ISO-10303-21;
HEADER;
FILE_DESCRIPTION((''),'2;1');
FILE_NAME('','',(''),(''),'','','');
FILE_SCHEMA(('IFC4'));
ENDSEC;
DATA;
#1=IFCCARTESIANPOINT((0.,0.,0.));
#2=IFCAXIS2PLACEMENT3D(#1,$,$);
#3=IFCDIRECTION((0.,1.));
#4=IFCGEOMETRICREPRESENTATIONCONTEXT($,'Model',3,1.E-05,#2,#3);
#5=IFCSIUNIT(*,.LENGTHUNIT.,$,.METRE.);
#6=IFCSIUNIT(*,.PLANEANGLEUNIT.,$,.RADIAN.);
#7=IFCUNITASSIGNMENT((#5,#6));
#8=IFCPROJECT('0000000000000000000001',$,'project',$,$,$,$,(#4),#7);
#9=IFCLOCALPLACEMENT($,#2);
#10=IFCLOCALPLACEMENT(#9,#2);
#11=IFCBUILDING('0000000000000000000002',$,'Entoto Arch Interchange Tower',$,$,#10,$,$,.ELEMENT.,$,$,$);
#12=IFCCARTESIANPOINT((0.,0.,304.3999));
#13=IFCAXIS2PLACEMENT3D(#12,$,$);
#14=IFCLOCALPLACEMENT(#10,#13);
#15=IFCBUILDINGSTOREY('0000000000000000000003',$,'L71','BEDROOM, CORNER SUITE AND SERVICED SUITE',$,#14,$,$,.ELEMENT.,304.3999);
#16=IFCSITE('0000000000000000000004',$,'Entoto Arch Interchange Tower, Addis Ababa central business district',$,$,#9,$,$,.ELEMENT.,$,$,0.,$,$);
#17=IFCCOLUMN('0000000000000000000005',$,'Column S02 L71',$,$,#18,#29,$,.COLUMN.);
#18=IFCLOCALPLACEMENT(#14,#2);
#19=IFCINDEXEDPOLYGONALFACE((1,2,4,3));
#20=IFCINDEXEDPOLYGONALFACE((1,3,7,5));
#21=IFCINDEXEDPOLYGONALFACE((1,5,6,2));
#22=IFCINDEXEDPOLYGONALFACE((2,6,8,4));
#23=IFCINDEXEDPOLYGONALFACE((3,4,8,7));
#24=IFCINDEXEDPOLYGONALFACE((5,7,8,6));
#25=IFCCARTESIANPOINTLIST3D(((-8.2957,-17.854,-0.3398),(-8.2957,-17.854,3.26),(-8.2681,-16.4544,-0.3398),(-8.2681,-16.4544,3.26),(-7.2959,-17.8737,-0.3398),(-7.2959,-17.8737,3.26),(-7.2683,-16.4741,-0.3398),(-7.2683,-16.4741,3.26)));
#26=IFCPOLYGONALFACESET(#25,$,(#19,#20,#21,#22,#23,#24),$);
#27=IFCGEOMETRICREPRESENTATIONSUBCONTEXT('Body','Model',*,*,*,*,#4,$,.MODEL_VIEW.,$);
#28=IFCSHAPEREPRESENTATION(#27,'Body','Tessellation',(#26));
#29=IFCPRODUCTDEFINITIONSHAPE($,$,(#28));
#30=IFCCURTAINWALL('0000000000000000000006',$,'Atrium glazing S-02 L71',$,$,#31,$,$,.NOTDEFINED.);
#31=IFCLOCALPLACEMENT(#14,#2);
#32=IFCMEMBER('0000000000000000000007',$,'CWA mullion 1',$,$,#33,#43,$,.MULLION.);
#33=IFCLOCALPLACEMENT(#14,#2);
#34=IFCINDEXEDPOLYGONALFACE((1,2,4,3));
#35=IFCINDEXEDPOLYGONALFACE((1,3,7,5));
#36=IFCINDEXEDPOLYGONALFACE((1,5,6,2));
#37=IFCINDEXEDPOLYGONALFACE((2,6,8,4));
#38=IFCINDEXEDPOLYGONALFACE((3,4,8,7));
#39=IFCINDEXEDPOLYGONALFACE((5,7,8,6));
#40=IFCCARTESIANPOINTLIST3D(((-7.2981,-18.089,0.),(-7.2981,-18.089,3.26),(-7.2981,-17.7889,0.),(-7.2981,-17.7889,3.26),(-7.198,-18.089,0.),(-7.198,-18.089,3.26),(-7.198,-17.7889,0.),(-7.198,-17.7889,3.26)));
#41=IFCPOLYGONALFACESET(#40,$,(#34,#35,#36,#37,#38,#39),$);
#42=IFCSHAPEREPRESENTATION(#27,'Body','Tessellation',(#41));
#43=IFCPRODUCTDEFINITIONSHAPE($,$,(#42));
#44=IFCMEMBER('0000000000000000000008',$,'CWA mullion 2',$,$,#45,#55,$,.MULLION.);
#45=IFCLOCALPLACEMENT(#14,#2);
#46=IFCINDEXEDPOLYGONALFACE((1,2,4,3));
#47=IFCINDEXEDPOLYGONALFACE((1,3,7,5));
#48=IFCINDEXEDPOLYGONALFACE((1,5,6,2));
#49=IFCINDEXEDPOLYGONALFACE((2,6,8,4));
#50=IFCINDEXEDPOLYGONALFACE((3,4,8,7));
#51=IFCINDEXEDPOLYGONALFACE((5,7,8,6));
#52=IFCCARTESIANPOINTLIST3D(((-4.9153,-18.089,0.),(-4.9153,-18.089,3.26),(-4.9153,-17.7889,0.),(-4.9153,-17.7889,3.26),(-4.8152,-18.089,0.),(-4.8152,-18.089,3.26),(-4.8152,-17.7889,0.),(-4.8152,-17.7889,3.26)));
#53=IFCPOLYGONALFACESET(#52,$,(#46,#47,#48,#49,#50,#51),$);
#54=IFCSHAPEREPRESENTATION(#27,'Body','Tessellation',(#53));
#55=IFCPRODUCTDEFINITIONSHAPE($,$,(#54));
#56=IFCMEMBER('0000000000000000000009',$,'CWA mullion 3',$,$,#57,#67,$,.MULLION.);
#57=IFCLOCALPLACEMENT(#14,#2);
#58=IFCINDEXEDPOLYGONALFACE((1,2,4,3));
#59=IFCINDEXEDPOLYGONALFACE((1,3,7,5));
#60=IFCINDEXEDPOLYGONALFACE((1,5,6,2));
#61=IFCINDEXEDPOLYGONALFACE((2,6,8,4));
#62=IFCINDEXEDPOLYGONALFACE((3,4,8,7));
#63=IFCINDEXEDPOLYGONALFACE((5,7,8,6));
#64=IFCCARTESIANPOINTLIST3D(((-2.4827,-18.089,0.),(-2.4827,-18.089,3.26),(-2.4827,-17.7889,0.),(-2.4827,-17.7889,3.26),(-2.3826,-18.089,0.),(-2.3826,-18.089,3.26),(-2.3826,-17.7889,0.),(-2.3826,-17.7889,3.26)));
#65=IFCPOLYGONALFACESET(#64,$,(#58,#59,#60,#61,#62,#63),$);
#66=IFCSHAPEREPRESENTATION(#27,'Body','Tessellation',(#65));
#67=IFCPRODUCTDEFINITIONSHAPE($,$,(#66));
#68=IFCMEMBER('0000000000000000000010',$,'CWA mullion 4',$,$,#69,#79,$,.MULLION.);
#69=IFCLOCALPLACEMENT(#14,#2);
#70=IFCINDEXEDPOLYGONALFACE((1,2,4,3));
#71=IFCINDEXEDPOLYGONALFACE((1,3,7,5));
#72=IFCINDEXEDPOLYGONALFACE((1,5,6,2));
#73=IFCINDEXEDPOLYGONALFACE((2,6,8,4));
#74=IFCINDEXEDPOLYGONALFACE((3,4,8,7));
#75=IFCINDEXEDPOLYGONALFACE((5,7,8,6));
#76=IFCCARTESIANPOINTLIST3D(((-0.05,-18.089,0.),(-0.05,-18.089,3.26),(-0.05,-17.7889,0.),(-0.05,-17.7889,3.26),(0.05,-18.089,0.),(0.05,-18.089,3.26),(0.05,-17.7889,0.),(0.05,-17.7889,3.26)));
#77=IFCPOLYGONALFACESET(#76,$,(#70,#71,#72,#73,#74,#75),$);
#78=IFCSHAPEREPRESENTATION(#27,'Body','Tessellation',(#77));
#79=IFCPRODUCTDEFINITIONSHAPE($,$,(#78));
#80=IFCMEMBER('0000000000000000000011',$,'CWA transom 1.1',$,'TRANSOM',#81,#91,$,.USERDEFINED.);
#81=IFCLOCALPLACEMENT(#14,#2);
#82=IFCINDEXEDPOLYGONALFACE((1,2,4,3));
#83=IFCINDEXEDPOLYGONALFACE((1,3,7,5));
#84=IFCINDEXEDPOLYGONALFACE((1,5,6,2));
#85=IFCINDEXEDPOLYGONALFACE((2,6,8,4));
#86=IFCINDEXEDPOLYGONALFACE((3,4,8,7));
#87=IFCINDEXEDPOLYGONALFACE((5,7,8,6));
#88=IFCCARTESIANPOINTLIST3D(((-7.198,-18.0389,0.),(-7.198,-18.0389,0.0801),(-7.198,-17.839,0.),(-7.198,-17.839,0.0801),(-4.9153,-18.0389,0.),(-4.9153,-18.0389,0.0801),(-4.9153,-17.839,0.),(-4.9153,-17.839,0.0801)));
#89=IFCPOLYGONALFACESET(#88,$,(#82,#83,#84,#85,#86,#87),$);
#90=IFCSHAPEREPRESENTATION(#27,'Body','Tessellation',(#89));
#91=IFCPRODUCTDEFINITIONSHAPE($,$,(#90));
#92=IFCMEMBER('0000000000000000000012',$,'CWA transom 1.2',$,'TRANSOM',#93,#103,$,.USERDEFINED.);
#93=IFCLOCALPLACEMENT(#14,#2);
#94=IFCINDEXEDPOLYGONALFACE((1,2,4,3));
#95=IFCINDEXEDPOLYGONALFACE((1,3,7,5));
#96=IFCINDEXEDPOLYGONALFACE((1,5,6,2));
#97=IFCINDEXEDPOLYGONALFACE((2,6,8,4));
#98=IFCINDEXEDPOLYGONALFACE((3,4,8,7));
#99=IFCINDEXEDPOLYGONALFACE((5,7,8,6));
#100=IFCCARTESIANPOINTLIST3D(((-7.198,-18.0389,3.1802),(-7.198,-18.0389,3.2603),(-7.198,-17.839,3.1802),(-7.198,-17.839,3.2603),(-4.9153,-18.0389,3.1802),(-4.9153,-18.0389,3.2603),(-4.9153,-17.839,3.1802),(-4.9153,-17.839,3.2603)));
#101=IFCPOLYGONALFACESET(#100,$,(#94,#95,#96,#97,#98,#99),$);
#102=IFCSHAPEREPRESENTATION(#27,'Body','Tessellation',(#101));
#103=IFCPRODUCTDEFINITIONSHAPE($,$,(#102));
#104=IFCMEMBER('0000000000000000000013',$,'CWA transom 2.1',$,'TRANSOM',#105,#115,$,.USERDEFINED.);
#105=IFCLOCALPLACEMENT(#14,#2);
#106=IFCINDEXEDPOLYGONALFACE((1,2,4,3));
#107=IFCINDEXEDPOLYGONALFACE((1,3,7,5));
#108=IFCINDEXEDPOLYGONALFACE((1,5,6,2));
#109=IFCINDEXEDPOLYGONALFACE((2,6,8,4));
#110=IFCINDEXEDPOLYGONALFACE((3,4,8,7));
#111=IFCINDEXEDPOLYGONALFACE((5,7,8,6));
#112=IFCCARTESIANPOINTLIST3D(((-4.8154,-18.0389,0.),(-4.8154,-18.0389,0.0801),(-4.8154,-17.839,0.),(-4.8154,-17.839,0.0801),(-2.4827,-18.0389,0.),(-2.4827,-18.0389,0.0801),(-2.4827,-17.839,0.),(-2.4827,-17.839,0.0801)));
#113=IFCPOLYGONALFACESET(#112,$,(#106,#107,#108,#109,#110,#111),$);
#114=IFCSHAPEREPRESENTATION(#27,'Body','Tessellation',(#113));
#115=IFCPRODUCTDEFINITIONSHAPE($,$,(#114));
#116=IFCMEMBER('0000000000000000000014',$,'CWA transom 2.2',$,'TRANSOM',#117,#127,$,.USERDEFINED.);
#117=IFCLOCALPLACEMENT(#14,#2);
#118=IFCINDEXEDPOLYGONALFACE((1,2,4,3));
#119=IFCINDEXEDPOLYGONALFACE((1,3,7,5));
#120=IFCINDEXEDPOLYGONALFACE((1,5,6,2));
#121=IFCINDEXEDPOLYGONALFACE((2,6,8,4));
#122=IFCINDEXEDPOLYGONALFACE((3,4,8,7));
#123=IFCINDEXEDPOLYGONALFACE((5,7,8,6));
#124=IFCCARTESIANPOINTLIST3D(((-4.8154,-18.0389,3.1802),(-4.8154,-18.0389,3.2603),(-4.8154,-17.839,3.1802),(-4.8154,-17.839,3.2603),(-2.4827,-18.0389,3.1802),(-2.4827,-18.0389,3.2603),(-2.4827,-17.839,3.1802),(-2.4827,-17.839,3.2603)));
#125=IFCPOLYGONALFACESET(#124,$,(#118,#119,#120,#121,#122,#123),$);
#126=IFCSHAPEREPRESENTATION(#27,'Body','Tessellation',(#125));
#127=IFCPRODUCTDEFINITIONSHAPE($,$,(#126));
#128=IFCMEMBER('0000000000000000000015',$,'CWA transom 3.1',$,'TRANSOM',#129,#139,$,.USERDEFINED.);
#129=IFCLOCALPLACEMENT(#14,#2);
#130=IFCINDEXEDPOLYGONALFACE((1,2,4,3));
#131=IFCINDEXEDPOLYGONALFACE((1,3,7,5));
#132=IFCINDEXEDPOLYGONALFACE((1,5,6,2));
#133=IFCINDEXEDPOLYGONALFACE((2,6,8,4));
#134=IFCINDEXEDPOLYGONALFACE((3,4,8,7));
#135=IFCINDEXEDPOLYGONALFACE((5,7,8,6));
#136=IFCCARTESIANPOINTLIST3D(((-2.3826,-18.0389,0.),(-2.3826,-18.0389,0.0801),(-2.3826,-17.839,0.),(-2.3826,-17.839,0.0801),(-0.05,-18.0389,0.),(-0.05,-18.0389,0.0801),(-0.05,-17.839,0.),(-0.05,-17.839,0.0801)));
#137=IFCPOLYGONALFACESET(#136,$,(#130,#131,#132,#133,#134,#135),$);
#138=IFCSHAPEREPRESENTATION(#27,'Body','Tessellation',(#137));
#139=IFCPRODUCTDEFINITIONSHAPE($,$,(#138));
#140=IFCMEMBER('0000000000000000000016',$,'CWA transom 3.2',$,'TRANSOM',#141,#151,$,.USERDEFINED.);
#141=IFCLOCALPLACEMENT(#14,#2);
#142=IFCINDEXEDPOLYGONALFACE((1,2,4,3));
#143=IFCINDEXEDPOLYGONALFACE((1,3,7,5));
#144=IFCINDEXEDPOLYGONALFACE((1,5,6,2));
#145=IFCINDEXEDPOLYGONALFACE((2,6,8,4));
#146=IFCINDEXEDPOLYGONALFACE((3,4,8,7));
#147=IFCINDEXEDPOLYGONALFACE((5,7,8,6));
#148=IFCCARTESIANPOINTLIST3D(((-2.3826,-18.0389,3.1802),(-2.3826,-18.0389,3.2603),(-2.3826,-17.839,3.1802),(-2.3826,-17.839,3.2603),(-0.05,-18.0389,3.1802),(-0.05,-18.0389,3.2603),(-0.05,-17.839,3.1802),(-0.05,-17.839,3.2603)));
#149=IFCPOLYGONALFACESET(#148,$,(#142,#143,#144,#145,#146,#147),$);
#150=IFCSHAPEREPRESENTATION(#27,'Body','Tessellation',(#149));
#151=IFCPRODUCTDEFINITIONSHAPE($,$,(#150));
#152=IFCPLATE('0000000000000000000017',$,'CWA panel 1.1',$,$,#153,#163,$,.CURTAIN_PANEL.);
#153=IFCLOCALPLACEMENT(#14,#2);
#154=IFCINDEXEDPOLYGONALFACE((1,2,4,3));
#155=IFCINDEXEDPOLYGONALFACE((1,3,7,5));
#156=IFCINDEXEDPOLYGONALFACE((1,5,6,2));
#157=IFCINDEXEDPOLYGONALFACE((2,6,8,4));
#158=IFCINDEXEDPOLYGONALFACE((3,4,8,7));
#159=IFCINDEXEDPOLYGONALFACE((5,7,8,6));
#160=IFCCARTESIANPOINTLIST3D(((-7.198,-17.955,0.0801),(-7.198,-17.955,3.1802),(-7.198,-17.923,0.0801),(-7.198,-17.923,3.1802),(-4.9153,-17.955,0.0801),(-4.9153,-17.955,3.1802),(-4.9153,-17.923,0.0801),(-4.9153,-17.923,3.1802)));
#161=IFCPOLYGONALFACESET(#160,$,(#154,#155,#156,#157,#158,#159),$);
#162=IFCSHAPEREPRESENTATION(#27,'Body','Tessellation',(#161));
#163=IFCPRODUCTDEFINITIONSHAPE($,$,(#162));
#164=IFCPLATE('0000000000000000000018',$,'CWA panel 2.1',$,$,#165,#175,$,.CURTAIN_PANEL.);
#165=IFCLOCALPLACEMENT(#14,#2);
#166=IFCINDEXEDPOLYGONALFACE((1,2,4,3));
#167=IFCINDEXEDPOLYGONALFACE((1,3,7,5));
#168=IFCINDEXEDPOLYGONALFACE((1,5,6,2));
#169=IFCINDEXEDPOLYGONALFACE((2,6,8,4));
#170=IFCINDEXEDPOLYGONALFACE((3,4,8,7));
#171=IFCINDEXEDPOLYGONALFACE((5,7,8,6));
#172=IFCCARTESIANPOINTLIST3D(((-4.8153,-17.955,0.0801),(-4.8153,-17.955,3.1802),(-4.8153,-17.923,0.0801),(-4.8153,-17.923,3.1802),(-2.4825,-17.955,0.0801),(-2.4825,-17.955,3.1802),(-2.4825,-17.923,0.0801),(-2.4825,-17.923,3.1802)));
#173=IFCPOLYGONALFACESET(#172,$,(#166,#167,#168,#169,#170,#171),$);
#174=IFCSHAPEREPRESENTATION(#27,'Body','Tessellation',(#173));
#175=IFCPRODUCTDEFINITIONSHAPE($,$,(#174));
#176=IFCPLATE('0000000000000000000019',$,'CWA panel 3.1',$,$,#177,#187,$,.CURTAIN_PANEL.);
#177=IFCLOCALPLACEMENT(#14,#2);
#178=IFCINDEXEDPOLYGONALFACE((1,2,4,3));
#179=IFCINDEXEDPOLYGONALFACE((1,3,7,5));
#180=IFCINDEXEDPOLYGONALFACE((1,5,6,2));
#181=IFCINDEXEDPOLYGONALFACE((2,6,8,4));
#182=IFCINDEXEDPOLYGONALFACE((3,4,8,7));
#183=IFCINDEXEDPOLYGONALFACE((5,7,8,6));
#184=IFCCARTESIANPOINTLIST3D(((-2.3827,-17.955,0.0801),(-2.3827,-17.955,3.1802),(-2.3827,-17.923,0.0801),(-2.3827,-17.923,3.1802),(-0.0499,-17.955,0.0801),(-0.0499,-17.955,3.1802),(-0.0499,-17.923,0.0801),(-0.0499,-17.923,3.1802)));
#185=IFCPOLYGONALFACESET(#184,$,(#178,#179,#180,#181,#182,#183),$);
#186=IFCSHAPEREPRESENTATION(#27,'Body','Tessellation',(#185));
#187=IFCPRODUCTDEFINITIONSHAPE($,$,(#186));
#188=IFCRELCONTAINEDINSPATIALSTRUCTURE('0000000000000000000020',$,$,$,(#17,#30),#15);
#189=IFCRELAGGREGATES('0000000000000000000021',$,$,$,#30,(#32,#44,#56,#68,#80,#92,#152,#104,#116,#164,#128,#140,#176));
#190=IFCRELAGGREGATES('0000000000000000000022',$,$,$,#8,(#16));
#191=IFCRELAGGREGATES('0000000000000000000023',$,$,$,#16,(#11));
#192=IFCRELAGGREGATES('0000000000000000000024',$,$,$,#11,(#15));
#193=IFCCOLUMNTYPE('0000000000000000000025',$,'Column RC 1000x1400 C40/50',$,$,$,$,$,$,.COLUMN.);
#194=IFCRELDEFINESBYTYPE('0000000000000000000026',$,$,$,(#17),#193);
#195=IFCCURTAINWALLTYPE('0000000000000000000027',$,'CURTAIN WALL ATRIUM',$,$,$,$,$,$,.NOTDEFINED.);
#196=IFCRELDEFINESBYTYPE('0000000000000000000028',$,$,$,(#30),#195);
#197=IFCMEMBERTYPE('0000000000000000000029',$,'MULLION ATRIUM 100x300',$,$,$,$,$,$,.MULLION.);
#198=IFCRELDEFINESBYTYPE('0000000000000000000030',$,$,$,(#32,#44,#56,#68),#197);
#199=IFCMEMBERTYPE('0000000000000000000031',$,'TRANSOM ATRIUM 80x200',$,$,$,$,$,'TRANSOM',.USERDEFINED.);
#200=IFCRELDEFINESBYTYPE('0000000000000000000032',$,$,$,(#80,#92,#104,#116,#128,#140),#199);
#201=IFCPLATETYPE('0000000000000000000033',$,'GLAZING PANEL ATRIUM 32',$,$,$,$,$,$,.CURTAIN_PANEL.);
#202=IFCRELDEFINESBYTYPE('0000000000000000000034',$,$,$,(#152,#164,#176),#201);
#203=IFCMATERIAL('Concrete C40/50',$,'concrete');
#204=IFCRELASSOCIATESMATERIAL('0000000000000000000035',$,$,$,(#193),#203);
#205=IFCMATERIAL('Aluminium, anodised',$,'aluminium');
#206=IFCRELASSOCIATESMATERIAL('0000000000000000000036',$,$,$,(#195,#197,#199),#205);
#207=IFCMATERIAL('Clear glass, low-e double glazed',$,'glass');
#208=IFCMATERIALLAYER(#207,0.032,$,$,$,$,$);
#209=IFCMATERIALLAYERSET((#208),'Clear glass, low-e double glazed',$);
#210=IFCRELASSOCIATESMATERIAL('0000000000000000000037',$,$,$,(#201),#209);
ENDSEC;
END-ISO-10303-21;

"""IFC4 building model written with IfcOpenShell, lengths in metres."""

from ifc_helpers import new_model, si_unit, direction, frame, origin, origin_2d, place, context, subcontext, project, spatial, rectangle, extrude, material, layer, layer_set, material_profile, profile_set, type_object, element, aggregate, save


model = new_model("IFC4")

# Units and contexts
model_context = context("Model", 3, precision=1e-05, world=origin(), true_north=direction((0.0, 1.0)))
body_context = subcontext(model_context, "Body", "Model", "MODEL_VIEW")
ifc_project = project(units=[si_unit("LENGTHUNIT", "METRE"), si_unit("PLANEANGLEUNIT", "RADIAN")], contexts=[model_context])

# Site, building, storey
site_placement = place(None, origin())
site = spatial("IfcSite", under=ifc_project, at=site_placement, Name="Entoto Arch Interchange Tower, Addis Ababa central business district", CompositionType="ELEMENT", RefElevation=0.0)
building_placement = place(site_placement, origin())
building = spatial("IfcBuilding", under=site, at=building_placement, Name="Entoto Arch Interchange Tower", CompositionType="ELEMENT")
storey_placement = place(building_placement, frame((0.0, 0.0, 304.3999)))
storey = spatial("IfcBuildingStorey", under=building, at=storey_placement, Name="L71", Description="BEDROOM, CORNER SUITE AND SERVICED SUITE", CompositionType="ELEMENT", Elevation=304.3999)

# Column
ifc_material_1 = material(Name="Concrete C40/50", Category="concrete")
ifc_material_profile_1 = material_profile(ifc_material_1, rectangle(XDim=1.0, YDim=1.3999, at=origin_2d()))
ifc_profile_set_1 = profile_set([ifc_material_profile_1], Name="Concrete C40/50")
column_type = type_object("IfcColumnType", Name="Column RC 1000x1400 C40/50", PredefinedType="COLUMN", material=ifc_profile_set_1)
column_placement = place(storey_placement, frame((-7.782, -17.1641, -0.3398), z_axis=(0.0, 0.0, 1.0), x_axis=(-0.999806, 0.019721, 0.0)))
element("IfcColumn", 1, at=column_placement, inside=storey, type_object=column_type, Name="Column S02 L71", PredefinedType="COLUMN", context=body_context, shape_type="SweptSolid", body=[
    extrude(rectangle(XDim=1.0, YDim=1.3999, at=origin_2d()), origin(), (0.0, 0.0, 1.0), 3.5999),
])

# Curtain wall, members, plates
ifc_material_2 = material(Name="Aluminium, anodised", Category="aluminium")
curtain_wall_type = type_object("IfcCurtainWallType", Name="CURTAIN WALL ATRIUM", PredefinedType="NOTDEFINED", material=ifc_material_2)
curtain_wall_placement = place(storey_placement, origin())
curtain_wall = element("IfcCurtainWall", 2, at=curtain_wall_placement, inside=storey, type_object=curtain_wall_type, Name="Atrium glazing S-02 L71", PredefinedType="NOTDEFINED")
ifc_material_profile_2 = material_profile(ifc_material_2, rectangle(XDim=0.3, YDim=0.1001, at=origin_2d()))
ifc_profile_set_2 = profile_set([ifc_material_profile_2], Name="Aluminium, anodised")
member_type_1 = type_object("IfcMemberType", Name="MULLION ATRIUM 100x300", PredefinedType="MULLION", material=ifc_profile_set_2)
member_1_placement = place(storey_placement, frame((-7.248, -17.939, 0.0), z_axis=(0.0, 0.0, 1.0), x_axis=(0.0, 1.0, 0.0)))
member_1 = element("IfcMember", 3, at=member_1_placement, type_object=member_type_1, Name="CWA mullion 1", PredefinedType="MULLION", context=body_context, shape_type="SweptSolid", body=[
    extrude(rectangle(XDim=0.3, YDim=0.1001, at=origin_2d()), origin(), (0.0, 0.0, 1.0), 3.26),
])
member_2_placement = place(storey_placement, frame((-4.8652, -17.939, 0.0), z_axis=(0.0, 0.0, 1.0), x_axis=(0.0, 1.0, 0.0)))
member_2 = element("IfcMember", 4, at=member_2_placement, type_object=member_type_1, Name="CWA mullion 2", PredefinedType="MULLION", context=body_context, shape_type="SweptSolid", body=[
    extrude(rectangle(XDim=0.3, YDim=0.1001, at=origin_2d()), origin(), (0.0, 0.0, 1.0), 3.26),
])
member_3_placement = place(storey_placement, frame((-2.4326, -17.939, 0.0), z_axis=(0.0, 0.0, 1.0), x_axis=(0.0, 1.0, 0.0)))
member_3 = element("IfcMember", 5, at=member_3_placement, type_object=member_type_1, Name="CWA mullion 3", PredefinedType="MULLION", context=body_context, shape_type="SweptSolid", body=[
    extrude(rectangle(XDim=0.3, YDim=0.1001, at=origin_2d()), origin(), (0.0, 0.0, 1.0), 3.26),
])
member_4_placement = place(storey_placement, frame((0.0, -17.939, 0.0), z_axis=(0.0, 0.0, 1.0), x_axis=(0.0, 1.0, 0.0)))
member_4 = element("IfcMember", 6, at=member_4_placement, type_object=member_type_1, Name="CWA mullion 4", PredefinedType="MULLION", context=body_context, shape_type="SweptSolid", body=[
    extrude(rectangle(XDim=0.3, YDim=0.1001, at=origin_2d()), origin(), (0.0, 0.0, 1.0), 3.26),
])
ifc_material_profile_3 = material_profile(ifc_material_2, rectangle(XDim=0.2, YDim=0.0801, at=origin_2d()))
ifc_profile_set_3 = profile_set([ifc_material_profile_3], Name="Aluminium, anodised")
member_type_2 = type_object("IfcMemberType", Name="TRANSOM ATRIUM 80x200", ElementType="TRANSOM", PredefinedType="USERDEFINED", material=ifc_profile_set_3)
member_5_placement = place(storey_placement, frame((-7.198, -17.939, 0.04), z_axis=(1.0, 0.0, 0.0), x_axis=(0.0, 1.0, 0.0)))
member_5 = element("IfcMember", 7, at=member_5_placement, type_object=member_type_2, Name="CWA transom 1.1", ObjectType="TRANSOM", PredefinedType="USERDEFINED", context=body_context, shape_type="SweptSolid", body=[
    extrude(rectangle(XDim=0.2, YDim=0.0801, at=origin_2d()), origin(), (0.0, 0.0, 1.0), 2.2827),
])
member_6_placement = place(storey_placement, frame((-7.198, -17.939, 3.2202), z_axis=(1.0, 0.0, 0.0), x_axis=(0.0, 1.0, 0.0)))
member_6 = element("IfcMember", 8, at=member_6_placement, type_object=member_type_2, Name="CWA transom 1.2", ObjectType="TRANSOM", PredefinedType="USERDEFINED", context=body_context, shape_type="SweptSolid", body=[
    extrude(rectangle(XDim=0.2, YDim=0.0801, at=origin_2d()), origin(), (0.0, 0.0, 1.0), 2.2827),
])
member_7_placement = place(storey_placement, frame((-4.8154, -17.939, 0.04), z_axis=(1.0, 0.0, 0.0), x_axis=(0.0, 1.0, 0.0)))
member_7 = element("IfcMember", 9, at=member_7_placement, type_object=member_type_2, Name="CWA transom 2.1", ObjectType="TRANSOM", PredefinedType="USERDEFINED", context=body_context, shape_type="SweptSolid", body=[
    extrude(rectangle(XDim=0.2, YDim=0.0801, at=origin_2d()), origin(), (0.0, 0.0, 1.0), 2.3328),
])
member_8_placement = place(storey_placement, frame((-4.8154, -17.939, 3.2202), z_axis=(1.0, 0.0, 0.0), x_axis=(0.0, 1.0, 0.0)))
member_8 = element("IfcMember", 10, at=member_8_placement, type_object=member_type_2, Name="CWA transom 2.2", ObjectType="TRANSOM", PredefinedType="USERDEFINED", context=body_context, shape_type="SweptSolid", body=[
    extrude(rectangle(XDim=0.2, YDim=0.0801, at=origin_2d()), origin(), (0.0, 0.0, 1.0), 2.3328),
])
member_9_placement = place(storey_placement, frame((-2.3826, -17.939, 0.04), z_axis=(1.0, 0.0, 0.0), x_axis=(0.0, 1.0, 0.0)))
member_9 = element("IfcMember", 11, at=member_9_placement, type_object=member_type_2, Name="CWA transom 3.1", ObjectType="TRANSOM", PredefinedType="USERDEFINED", context=body_context, shape_type="SweptSolid", body=[
    extrude(rectangle(XDim=0.2, YDim=0.0801, at=origin_2d()), origin(), (0.0, 0.0, 1.0), 2.3325),
])
member_10_placement = place(storey_placement, frame((-2.3826, -17.939, 3.2202), z_axis=(1.0, 0.0, 0.0), x_axis=(0.0, 1.0, 0.0)))
member_10 = element("IfcMember", 12, at=member_10_placement, type_object=member_type_2, Name="CWA transom 3.2", ObjectType="TRANSOM", PredefinedType="USERDEFINED", context=body_context, shape_type="SweptSolid", body=[
    extrude(rectangle(XDim=0.2, YDim=0.0801, at=origin_2d()), origin(), (0.0, 0.0, 1.0), 2.3325),
])
ifc_material_3 = material(Name="Clear glass, low-e double glazed", Category="glass")
ifc_layer_1 = layer(ifc_material_3, 0.032)
ifc_layer_set_1 = layer_set([ifc_layer_1], Name="Clear glass, low-e double glazed")
plate_type = type_object("IfcPlateType", Name="GLAZING PANEL ATRIUM 32", PredefinedType="CURTAIN_PANEL", material=ifc_layer_set_1)
plate_1_placement = place(storey_placement, frame((-6.0566, -17.939, 0.0801), z_axis=(0.0, 0.0, 1.0), x_axis=(1.0, 0.0, 0.0)))
plate_1 = element("IfcPlate", 13, at=plate_1_placement, type_object=plate_type, Name="CWA panel 1.1", PredefinedType="CURTAIN_PANEL", context=body_context, shape_type="SweptSolid", body=[
    extrude(rectangle(XDim=2.2827, YDim=0.032, at=origin_2d()), origin(), (0.0, 0.0, 1.0), 3.1001),
])
plate_2_placement = place(storey_placement, frame((-3.6489, -17.939, 0.0801), z_axis=(0.0, 0.0, 1.0), x_axis=(1.0, 0.0, 0.0)))
plate_2 = element("IfcPlate", 14, at=plate_2_placement, type_object=plate_type, Name="CWA panel 2.1", PredefinedType="CURTAIN_PANEL", context=body_context, shape_type="SweptSolid", body=[
    extrude(rectangle(XDim=2.3328, YDim=0.032, at=origin_2d()), origin(), (0.0, 0.0, 1.0), 3.1001),
])
plate_3_placement = place(storey_placement, frame((-1.2163, -17.939, 0.0801), z_axis=(0.0, 0.0, 1.0), x_axis=(1.0, 0.0, 0.0)))
plate_3 = element("IfcPlate", 15, at=plate_3_placement, type_object=plate_type, Name="CWA panel 3.1", PredefinedType="CURTAIN_PANEL", context=body_context, shape_type="SweptSolid", body=[
    extrude(rectangle(XDim=2.3328, YDim=0.032, at=origin_2d()), origin(), (0.0, 0.0, 1.0), 3.1001),
])
aggregate(curtain_wall, [member_1, member_2, member_3, member_4, member_5, member_6, plate_1, member_7, member_8, plate_2, member_9, member_10, plate_3])

save(model, "model.ifc")
